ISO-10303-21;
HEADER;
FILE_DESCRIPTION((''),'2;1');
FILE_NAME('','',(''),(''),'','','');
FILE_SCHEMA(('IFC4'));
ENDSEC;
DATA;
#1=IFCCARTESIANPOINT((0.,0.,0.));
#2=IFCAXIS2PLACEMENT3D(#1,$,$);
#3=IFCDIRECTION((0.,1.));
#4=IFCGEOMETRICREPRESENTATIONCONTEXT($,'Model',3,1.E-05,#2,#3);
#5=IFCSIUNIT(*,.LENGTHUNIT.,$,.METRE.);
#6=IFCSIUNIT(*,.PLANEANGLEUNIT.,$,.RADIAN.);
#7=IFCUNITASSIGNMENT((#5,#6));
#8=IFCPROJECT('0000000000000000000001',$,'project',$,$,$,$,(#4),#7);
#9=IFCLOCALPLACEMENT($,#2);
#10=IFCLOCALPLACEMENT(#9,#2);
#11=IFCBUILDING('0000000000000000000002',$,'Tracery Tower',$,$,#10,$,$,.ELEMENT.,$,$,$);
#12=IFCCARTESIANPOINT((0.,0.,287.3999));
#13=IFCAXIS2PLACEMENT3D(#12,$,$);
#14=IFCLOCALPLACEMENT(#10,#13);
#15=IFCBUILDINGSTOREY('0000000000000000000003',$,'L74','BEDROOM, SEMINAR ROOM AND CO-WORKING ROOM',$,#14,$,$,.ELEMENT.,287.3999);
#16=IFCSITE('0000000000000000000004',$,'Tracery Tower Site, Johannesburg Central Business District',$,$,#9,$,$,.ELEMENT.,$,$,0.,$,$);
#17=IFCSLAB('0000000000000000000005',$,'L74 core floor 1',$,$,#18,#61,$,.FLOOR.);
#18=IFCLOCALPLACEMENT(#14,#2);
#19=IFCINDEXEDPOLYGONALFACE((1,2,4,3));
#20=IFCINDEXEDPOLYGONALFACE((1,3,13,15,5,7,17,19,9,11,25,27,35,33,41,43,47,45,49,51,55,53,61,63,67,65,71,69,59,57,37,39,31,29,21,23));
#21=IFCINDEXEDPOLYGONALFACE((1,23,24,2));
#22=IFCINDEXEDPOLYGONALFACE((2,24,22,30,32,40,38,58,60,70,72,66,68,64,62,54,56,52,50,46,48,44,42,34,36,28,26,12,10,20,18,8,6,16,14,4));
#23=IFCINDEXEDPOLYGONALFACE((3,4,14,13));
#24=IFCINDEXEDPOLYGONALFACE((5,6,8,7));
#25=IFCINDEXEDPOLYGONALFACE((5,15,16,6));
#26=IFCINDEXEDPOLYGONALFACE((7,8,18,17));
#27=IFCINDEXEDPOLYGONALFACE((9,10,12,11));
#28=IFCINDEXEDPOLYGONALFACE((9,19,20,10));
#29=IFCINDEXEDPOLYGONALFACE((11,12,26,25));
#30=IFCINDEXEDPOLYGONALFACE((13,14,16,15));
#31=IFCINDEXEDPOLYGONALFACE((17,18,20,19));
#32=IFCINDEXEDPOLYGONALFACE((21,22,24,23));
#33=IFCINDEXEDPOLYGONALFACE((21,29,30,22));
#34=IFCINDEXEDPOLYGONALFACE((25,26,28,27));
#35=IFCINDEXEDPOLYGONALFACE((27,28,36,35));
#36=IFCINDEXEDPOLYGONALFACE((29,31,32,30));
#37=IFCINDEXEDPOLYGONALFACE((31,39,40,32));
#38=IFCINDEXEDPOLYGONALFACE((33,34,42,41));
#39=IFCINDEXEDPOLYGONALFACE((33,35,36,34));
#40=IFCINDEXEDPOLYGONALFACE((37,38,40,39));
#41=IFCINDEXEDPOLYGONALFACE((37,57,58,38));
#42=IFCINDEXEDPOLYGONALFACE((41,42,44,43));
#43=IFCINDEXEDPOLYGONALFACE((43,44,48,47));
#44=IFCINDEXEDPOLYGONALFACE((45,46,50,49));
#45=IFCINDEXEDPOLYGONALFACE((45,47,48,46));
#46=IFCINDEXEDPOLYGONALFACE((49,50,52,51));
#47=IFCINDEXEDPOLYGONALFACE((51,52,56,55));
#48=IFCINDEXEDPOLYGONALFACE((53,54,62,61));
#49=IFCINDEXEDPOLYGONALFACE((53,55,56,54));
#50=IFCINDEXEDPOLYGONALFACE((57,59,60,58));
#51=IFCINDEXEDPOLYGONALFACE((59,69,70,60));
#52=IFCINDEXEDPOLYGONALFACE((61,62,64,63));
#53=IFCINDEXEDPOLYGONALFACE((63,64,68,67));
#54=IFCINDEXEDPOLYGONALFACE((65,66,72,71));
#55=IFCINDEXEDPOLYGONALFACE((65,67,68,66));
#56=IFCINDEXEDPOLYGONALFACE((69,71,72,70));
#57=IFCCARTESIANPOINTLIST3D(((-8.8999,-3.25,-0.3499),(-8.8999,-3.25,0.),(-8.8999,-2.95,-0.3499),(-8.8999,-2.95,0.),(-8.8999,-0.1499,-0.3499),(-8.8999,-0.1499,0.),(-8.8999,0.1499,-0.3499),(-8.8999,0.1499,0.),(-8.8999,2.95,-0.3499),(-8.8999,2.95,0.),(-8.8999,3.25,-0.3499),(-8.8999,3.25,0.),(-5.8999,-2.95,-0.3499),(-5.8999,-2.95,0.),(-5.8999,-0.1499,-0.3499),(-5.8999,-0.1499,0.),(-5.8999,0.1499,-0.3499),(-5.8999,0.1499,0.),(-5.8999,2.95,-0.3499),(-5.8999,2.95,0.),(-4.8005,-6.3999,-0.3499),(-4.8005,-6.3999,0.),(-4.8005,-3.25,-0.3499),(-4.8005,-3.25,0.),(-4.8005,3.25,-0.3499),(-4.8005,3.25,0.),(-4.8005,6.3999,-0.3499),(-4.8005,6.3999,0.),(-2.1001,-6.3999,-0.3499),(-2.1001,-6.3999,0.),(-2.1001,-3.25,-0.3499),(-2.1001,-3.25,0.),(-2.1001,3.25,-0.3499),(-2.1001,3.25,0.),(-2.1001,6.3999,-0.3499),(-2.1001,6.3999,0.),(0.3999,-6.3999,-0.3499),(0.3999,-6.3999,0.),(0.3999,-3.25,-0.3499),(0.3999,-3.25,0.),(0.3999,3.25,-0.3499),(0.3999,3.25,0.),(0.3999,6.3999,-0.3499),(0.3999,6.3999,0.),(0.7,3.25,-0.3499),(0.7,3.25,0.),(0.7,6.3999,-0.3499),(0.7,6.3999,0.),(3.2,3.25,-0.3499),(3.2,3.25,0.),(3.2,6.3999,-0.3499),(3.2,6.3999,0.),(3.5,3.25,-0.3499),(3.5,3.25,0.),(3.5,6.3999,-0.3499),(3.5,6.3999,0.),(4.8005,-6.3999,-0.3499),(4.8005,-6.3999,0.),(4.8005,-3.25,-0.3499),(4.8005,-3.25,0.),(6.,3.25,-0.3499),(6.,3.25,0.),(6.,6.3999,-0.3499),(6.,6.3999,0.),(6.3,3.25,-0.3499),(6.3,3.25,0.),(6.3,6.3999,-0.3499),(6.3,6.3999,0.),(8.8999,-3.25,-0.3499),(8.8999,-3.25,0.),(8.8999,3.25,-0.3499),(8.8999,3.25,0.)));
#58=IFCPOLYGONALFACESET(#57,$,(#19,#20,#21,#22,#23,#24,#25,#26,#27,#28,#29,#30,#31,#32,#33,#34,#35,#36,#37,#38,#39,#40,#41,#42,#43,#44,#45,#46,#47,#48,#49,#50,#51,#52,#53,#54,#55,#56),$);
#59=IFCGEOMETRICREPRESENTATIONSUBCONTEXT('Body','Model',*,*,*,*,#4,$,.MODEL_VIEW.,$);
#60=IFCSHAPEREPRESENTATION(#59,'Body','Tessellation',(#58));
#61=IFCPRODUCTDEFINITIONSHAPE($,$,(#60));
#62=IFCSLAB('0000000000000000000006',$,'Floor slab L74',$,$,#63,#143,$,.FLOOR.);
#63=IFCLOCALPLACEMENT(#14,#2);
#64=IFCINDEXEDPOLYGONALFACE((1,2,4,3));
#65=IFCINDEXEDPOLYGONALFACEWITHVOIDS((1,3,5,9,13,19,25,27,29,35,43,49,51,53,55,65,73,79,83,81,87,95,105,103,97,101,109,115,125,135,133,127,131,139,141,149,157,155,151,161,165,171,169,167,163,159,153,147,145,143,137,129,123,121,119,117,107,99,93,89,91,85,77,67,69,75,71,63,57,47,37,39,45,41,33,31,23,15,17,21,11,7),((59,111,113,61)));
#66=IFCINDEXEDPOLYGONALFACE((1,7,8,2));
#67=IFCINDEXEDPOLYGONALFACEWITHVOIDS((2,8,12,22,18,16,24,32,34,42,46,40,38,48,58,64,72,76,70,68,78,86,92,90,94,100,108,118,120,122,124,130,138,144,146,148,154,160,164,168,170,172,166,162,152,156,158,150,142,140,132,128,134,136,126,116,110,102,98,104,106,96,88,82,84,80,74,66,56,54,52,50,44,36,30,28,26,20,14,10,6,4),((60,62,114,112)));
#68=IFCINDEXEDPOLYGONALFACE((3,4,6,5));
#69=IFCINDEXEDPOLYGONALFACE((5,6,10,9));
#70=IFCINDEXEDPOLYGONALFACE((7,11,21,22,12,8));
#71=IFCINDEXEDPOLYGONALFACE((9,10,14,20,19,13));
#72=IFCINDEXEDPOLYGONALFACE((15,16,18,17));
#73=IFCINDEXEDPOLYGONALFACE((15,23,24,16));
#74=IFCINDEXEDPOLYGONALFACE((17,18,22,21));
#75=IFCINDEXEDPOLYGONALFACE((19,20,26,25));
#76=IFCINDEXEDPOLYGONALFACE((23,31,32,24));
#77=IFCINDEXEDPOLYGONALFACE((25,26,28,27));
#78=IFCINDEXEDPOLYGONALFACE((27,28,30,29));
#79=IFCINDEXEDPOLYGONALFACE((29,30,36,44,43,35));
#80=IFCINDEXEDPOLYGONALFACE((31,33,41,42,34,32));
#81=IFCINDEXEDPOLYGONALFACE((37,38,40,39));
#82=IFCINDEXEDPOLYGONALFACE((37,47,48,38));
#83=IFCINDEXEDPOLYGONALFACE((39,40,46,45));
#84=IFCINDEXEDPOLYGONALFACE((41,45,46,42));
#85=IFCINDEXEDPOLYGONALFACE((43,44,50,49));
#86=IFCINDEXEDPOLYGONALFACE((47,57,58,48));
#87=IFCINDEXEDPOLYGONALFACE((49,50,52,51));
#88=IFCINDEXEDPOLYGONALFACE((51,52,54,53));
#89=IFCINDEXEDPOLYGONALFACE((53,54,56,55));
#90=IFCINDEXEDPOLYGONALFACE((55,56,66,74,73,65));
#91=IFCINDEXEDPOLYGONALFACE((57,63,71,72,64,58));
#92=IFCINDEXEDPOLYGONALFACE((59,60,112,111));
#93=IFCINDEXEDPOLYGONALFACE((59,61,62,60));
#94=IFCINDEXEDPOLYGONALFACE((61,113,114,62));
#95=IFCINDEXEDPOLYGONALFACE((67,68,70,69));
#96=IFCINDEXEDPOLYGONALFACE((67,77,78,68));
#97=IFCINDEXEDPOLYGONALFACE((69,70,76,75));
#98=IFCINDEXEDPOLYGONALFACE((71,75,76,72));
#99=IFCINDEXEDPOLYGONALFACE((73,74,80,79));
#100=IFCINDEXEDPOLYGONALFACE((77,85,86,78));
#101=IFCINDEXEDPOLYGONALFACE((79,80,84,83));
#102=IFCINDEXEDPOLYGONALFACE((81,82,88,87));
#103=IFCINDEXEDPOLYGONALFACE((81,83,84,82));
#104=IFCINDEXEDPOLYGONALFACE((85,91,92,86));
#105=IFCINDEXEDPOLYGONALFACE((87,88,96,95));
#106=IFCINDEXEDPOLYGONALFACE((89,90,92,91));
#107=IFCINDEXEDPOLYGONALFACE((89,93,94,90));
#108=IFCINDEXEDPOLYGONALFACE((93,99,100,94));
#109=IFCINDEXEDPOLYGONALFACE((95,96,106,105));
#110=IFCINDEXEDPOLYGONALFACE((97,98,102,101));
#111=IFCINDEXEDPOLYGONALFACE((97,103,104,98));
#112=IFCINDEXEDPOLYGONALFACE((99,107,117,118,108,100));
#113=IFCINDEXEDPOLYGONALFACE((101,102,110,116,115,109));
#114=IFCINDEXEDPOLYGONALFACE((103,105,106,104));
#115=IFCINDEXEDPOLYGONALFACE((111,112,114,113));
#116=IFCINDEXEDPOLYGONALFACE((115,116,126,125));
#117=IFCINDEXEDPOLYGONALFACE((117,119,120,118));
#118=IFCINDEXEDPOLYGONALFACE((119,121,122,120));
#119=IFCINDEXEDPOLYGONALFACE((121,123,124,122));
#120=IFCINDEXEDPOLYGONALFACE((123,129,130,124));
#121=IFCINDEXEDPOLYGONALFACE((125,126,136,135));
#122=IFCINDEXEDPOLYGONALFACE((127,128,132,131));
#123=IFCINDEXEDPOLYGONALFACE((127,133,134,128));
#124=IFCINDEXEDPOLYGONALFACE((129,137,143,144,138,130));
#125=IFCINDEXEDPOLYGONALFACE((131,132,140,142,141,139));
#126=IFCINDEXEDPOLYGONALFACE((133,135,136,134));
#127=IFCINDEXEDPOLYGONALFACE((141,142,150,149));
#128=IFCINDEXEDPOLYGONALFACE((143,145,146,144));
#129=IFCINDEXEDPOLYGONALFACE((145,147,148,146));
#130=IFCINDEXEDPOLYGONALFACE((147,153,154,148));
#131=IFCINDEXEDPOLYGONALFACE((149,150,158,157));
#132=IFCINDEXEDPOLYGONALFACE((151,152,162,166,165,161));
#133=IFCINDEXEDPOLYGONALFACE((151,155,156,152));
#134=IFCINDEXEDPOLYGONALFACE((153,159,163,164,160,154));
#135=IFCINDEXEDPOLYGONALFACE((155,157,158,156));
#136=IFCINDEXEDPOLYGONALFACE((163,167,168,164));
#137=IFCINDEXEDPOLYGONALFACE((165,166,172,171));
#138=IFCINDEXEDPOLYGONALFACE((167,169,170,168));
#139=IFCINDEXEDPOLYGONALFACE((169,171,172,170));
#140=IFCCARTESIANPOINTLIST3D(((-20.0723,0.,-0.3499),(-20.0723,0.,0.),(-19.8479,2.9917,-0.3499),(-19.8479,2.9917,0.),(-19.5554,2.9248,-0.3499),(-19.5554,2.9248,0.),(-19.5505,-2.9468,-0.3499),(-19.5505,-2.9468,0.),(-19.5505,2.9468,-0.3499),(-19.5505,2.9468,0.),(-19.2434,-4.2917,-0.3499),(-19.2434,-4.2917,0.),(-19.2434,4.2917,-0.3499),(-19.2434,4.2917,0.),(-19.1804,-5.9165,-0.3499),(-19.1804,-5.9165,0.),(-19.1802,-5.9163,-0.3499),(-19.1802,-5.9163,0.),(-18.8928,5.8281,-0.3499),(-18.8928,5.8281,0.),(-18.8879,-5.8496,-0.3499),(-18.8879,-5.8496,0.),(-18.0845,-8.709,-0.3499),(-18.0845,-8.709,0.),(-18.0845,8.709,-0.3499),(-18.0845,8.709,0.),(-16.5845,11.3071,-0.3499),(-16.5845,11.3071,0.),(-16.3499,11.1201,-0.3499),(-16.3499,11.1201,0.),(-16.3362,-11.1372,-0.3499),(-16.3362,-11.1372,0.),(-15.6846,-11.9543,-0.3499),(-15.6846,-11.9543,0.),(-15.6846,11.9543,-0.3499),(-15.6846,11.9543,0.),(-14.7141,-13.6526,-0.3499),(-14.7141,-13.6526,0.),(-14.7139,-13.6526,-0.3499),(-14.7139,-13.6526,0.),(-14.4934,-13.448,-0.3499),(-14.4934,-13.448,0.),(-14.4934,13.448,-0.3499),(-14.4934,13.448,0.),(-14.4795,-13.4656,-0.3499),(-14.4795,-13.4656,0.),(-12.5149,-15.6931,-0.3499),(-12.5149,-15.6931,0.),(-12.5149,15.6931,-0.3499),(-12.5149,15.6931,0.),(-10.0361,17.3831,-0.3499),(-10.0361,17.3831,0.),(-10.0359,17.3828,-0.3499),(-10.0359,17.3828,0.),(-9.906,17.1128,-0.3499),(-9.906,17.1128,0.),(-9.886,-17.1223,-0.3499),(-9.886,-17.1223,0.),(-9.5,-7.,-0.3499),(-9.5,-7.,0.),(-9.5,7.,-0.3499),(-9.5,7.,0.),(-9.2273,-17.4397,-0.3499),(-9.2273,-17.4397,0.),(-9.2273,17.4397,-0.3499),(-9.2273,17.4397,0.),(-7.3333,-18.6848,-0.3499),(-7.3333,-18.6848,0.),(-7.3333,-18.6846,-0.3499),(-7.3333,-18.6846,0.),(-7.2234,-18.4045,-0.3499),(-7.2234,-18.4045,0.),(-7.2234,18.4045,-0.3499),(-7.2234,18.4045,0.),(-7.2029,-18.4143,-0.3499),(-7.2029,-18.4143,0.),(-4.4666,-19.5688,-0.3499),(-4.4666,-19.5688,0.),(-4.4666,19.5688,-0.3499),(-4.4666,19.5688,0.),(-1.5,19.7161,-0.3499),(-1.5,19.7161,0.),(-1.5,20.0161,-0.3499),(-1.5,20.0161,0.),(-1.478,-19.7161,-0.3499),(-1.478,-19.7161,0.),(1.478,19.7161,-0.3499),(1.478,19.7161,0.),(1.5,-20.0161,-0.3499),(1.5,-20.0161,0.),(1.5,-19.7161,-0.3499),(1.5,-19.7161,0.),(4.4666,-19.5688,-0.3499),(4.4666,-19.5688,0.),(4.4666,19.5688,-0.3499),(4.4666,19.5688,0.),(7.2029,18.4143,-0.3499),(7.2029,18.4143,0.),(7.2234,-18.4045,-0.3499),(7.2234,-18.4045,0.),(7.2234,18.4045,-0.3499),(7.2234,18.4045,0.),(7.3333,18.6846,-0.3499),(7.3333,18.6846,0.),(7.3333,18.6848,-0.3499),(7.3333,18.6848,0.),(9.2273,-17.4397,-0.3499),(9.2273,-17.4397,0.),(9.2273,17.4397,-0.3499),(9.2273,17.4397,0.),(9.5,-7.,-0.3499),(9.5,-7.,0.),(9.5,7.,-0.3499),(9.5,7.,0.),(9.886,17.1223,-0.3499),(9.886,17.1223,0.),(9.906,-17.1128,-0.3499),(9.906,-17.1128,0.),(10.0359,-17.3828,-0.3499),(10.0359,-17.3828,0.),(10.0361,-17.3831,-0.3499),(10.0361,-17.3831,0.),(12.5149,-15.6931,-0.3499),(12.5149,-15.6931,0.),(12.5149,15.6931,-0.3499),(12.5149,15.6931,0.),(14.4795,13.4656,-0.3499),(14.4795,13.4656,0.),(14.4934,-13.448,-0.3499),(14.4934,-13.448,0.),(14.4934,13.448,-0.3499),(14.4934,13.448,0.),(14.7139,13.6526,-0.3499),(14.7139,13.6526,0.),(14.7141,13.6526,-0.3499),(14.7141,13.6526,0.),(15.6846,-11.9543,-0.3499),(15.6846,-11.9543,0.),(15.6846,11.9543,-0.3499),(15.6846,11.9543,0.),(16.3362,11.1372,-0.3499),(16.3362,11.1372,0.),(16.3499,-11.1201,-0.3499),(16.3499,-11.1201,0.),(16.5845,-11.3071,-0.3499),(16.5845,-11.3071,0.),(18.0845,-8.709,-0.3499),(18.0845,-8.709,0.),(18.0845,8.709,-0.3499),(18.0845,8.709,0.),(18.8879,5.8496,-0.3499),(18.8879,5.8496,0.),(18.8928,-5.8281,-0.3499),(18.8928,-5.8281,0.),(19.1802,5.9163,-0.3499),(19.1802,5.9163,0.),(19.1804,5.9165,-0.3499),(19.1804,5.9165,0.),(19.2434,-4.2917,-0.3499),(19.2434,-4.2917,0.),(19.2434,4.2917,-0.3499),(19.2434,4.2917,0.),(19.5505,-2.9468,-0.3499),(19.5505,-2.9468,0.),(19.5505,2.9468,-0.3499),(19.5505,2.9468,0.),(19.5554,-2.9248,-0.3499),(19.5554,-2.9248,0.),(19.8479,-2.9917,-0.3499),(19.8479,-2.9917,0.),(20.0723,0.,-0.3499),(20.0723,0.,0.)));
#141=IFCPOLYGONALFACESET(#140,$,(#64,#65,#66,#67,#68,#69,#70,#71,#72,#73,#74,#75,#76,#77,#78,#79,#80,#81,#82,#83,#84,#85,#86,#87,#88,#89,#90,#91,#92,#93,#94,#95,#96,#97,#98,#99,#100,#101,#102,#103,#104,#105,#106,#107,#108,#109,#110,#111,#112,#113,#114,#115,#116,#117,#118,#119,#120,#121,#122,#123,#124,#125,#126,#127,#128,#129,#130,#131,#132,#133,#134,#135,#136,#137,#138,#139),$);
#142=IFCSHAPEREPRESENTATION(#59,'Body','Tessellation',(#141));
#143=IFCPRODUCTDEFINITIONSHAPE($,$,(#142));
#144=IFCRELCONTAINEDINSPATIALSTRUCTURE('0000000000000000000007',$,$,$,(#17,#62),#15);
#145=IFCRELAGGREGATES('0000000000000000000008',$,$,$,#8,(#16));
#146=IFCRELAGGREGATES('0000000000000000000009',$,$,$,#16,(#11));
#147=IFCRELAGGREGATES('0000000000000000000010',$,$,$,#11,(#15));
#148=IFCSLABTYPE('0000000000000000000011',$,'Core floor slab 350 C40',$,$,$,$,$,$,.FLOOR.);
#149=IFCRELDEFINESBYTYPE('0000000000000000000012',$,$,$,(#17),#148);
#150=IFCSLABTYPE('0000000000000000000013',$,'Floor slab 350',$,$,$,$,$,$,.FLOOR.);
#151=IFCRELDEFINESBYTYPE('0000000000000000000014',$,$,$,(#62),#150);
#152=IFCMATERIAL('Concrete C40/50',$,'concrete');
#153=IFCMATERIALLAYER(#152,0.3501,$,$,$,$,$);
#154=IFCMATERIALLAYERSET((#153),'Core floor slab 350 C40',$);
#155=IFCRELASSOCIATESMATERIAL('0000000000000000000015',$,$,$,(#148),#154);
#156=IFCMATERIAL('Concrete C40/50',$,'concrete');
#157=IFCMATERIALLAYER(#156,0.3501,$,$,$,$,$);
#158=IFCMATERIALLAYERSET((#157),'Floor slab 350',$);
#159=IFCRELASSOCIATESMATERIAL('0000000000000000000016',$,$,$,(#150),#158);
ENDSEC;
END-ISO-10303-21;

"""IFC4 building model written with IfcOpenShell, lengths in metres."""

from ifc_helpers import new_model, si_unit, direction, frame, origin, place, context, subcontext, project, spatial, polyline, outline, extrude, material, layer, layer_set, type_object, element, save


model = new_model("IFC4")

# Units and contexts
model_context = context("Model", 3, precision=1e-05, world=origin(), true_north=direction((0.0, 1.0)))
body_context = subcontext(model_context, "Body", "Model", "MODEL_VIEW")
ifc_project = project(units=[si_unit("LENGTHUNIT", "METRE"), si_unit("PLANEANGLEUNIT", "RADIAN")], contexts=[model_context])

# Site, building, storey
site_placement = place(None, origin())
site = spatial("IfcSite", under=ifc_project, at=site_placement, Name="Tracery Tower Site, Johannesburg Central Business District", CompositionType="ELEMENT", RefElevation=0.0)
building_placement = place(site_placement, origin())
building = spatial("IfcBuilding", under=site, at=building_placement, Name="Tracery Tower", CompositionType="ELEMENT")
storey_placement = place(building_placement, frame((0.0, 0.0, 287.3999)))
storey = spatial("IfcBuildingStorey", under=building, at=storey_placement, Name="L74", Description="BEDROOM, SEMINAR ROOM AND CO-WORKING ROOM", CompositionType="ELEMENT", Elevation=287.3999)

# Slabs
ifc_material_1 = material(Name="Concrete C40/50", Category="concrete")
ifc_layer_1 = layer(ifc_material_1, 0.3501)
ifc_layer_set_1 = layer_set([ifc_layer_1], Name="Core floor slab 350 C40")
slab_type_1 = type_object("IfcSlabType", Name="Core floor slab 350 C40", PredefinedType="FLOOR", material=ifc_layer_set_1)
slab_1_placement = place(storey_placement, frame((0.0, 0.0, -0.3499)))
element("IfcSlab", 1, at=slab_1_placement, inside=storey, type_object=slab_type_1, Name="L74 core floor 1", PredefinedType="FLOOR", context=body_context, shape_type="SweptSolid", body=[
    extrude(outline(polyline([(-4.8005, -3.25), (-8.8999, -3.25), (-8.8999, -2.95), (-5.8999, -2.95), (-5.8999, -0.1499), (-8.8999, -0.1499), (-8.8999, 0.1499), (-5.8999, 0.1499), (-5.8999, 2.95), (-8.8999, 2.95), (-8.8999, 3.25), (-4.8005, 3.25), (-4.8005, 6.3999), (-2.1001, 6.3999), (-2.1001, 3.25), (0.3999, 3.25), (0.3999, 6.3999), (0.7, 6.3999), (0.7, 3.25), (3.2, 3.25), (3.2, 6.3999), (3.5, 6.3999), (3.5, 3.25), (6.0, 3.25), (6.0, 6.3999), (6.3, 6.3999), (6.3, 3.25), (8.8999, 3.25), (8.8999, -3.25), (4.8005, -3.25), (4.8005, -6.3999), (0.3999, -6.3999), (0.3999, -3.25), (-2.1001, -3.25), (-2.1001, -6.3999), (-4.8005, -6.3999), (-4.8005, -3.25)])), origin(), (0.0, 0.0, 1.0), 0.3499),
])
ifc_material_2 = material(Name="Concrete C40/50", Category="concrete")
ifc_layer_2 = layer(ifc_material_2, 0.3501)
ifc_layer_set_2 = layer_set([ifc_layer_2], Name="Floor slab 350")
slab_type_2 = type_object("IfcSlabType", Name="Floor slab 350", PredefinedType="FLOOR", material=ifc_layer_set_2)
slab_2_placement = place(storey_placement, frame((0.0, 0.0, -0.3499)))
element("IfcSlab", 2, at=slab_2_placement, inside=storey, type_object=slab_type_2, Name="Floor slab L74", PredefinedType="FLOOR", context=body_context, shape_type="SweptSolid", body=[
    extrude(outline(polyline([(19.2434, 4.2917), (18.8879, 5.8496), (19.1802, 5.9163), (19.1804, 5.9165), (18.0845, 8.709), (16.3362, 11.1372), (15.6846, 11.9543), (14.4934, 13.448), (14.4934, 13.448), (14.4795, 13.4656), (14.7139, 13.6526), (14.7141, 13.6526), (12.5149, 15.6931), (9.886, 17.1223), (9.2273, 17.4397), (7.2234, 18.4045), (7.2234, 18.4045), (7.2029, 18.4143), (7.3333, 18.6846), (7.3333, 18.6848), (4.4666, 19.5688), (1.478, 19.7161), (-1.5, 19.7161), (-1.5, 20.0161), (-1.5, 20.0161), (-4.4666, 19.5688), (-7.2234, 18.4045), (-9.2273, 17.4397), (-9.906, 17.1128), (-10.0359, 17.3828), (-10.0361, 17.3831), (-12.5149, 15.6931), (-14.4934, 13.448), (-15.6846, 11.9543), (-16.3499, 11.1201), (-16.5845, 11.3071), (-18.0845, 8.709), (-18.8928, 5.8281), (-19.2434, 4.2917), (-19.5505, 2.9468), (-19.5505, 2.9468), (-19.5554, 2.9248), (-19.8479, 2.9917), (-19.8479, 2.9917), (-20.0723, 0.0), (-19.5505, -2.9468), (-19.2434, -4.2917), (-18.8879, -5.8496), (-19.1802, -5.9163), (-19.1804, -5.9165), (-18.0845, -8.709), (-16.3362, -11.1372), (-15.6846, -11.9543), (-14.4934, -13.448), (-14.4934, -13.448), (-14.4795, -13.4656), (-14.7139, -13.6526), (-14.7141, -13.6526), (-12.5149, -15.6931), (-9.886, -17.1223), (-9.2273, -17.4397), (-7.2234, -18.4045), (-7.2234, -18.4045), (-7.2029, -18.4143), (-7.3333, -18.6846), (-7.3333, -18.6848), (-4.4666, -19.5688), (-1.478, -19.7161), (1.5, -19.7161), (1.5, -20.0161), (1.5, -20.0161), (4.4666, -19.5688), (7.2234, -18.4045), (9.2273, -17.4397), (9.906, -17.1128), (10.0359, -17.3828), (10.0361, -17.3831), (12.5149, -15.6931), (14.4934, -13.448), (15.6846, -11.9543), (16.3499, -11.1201), (16.5845, -11.3071), (18.0845, -8.709), (18.8928, -5.8281), (19.2434, -4.2917), (19.5505, -2.9468), (19.5505, -2.9468), (19.5554, -2.9248), (19.8479, -2.9917), (19.8479, -2.9917), (20.0723, 0.0), (19.5505, 2.9468), (19.2434, 4.2917)]), holes=[polyline([(-9.5, -7.0), (9.5, -7.0), (9.5, 7.0), (-9.5, 7.0), (-9.5, -7.0)])]), origin(), (0.0, 0.0, 1.0), 0.3499),
])

save(model, "model.ifc")
